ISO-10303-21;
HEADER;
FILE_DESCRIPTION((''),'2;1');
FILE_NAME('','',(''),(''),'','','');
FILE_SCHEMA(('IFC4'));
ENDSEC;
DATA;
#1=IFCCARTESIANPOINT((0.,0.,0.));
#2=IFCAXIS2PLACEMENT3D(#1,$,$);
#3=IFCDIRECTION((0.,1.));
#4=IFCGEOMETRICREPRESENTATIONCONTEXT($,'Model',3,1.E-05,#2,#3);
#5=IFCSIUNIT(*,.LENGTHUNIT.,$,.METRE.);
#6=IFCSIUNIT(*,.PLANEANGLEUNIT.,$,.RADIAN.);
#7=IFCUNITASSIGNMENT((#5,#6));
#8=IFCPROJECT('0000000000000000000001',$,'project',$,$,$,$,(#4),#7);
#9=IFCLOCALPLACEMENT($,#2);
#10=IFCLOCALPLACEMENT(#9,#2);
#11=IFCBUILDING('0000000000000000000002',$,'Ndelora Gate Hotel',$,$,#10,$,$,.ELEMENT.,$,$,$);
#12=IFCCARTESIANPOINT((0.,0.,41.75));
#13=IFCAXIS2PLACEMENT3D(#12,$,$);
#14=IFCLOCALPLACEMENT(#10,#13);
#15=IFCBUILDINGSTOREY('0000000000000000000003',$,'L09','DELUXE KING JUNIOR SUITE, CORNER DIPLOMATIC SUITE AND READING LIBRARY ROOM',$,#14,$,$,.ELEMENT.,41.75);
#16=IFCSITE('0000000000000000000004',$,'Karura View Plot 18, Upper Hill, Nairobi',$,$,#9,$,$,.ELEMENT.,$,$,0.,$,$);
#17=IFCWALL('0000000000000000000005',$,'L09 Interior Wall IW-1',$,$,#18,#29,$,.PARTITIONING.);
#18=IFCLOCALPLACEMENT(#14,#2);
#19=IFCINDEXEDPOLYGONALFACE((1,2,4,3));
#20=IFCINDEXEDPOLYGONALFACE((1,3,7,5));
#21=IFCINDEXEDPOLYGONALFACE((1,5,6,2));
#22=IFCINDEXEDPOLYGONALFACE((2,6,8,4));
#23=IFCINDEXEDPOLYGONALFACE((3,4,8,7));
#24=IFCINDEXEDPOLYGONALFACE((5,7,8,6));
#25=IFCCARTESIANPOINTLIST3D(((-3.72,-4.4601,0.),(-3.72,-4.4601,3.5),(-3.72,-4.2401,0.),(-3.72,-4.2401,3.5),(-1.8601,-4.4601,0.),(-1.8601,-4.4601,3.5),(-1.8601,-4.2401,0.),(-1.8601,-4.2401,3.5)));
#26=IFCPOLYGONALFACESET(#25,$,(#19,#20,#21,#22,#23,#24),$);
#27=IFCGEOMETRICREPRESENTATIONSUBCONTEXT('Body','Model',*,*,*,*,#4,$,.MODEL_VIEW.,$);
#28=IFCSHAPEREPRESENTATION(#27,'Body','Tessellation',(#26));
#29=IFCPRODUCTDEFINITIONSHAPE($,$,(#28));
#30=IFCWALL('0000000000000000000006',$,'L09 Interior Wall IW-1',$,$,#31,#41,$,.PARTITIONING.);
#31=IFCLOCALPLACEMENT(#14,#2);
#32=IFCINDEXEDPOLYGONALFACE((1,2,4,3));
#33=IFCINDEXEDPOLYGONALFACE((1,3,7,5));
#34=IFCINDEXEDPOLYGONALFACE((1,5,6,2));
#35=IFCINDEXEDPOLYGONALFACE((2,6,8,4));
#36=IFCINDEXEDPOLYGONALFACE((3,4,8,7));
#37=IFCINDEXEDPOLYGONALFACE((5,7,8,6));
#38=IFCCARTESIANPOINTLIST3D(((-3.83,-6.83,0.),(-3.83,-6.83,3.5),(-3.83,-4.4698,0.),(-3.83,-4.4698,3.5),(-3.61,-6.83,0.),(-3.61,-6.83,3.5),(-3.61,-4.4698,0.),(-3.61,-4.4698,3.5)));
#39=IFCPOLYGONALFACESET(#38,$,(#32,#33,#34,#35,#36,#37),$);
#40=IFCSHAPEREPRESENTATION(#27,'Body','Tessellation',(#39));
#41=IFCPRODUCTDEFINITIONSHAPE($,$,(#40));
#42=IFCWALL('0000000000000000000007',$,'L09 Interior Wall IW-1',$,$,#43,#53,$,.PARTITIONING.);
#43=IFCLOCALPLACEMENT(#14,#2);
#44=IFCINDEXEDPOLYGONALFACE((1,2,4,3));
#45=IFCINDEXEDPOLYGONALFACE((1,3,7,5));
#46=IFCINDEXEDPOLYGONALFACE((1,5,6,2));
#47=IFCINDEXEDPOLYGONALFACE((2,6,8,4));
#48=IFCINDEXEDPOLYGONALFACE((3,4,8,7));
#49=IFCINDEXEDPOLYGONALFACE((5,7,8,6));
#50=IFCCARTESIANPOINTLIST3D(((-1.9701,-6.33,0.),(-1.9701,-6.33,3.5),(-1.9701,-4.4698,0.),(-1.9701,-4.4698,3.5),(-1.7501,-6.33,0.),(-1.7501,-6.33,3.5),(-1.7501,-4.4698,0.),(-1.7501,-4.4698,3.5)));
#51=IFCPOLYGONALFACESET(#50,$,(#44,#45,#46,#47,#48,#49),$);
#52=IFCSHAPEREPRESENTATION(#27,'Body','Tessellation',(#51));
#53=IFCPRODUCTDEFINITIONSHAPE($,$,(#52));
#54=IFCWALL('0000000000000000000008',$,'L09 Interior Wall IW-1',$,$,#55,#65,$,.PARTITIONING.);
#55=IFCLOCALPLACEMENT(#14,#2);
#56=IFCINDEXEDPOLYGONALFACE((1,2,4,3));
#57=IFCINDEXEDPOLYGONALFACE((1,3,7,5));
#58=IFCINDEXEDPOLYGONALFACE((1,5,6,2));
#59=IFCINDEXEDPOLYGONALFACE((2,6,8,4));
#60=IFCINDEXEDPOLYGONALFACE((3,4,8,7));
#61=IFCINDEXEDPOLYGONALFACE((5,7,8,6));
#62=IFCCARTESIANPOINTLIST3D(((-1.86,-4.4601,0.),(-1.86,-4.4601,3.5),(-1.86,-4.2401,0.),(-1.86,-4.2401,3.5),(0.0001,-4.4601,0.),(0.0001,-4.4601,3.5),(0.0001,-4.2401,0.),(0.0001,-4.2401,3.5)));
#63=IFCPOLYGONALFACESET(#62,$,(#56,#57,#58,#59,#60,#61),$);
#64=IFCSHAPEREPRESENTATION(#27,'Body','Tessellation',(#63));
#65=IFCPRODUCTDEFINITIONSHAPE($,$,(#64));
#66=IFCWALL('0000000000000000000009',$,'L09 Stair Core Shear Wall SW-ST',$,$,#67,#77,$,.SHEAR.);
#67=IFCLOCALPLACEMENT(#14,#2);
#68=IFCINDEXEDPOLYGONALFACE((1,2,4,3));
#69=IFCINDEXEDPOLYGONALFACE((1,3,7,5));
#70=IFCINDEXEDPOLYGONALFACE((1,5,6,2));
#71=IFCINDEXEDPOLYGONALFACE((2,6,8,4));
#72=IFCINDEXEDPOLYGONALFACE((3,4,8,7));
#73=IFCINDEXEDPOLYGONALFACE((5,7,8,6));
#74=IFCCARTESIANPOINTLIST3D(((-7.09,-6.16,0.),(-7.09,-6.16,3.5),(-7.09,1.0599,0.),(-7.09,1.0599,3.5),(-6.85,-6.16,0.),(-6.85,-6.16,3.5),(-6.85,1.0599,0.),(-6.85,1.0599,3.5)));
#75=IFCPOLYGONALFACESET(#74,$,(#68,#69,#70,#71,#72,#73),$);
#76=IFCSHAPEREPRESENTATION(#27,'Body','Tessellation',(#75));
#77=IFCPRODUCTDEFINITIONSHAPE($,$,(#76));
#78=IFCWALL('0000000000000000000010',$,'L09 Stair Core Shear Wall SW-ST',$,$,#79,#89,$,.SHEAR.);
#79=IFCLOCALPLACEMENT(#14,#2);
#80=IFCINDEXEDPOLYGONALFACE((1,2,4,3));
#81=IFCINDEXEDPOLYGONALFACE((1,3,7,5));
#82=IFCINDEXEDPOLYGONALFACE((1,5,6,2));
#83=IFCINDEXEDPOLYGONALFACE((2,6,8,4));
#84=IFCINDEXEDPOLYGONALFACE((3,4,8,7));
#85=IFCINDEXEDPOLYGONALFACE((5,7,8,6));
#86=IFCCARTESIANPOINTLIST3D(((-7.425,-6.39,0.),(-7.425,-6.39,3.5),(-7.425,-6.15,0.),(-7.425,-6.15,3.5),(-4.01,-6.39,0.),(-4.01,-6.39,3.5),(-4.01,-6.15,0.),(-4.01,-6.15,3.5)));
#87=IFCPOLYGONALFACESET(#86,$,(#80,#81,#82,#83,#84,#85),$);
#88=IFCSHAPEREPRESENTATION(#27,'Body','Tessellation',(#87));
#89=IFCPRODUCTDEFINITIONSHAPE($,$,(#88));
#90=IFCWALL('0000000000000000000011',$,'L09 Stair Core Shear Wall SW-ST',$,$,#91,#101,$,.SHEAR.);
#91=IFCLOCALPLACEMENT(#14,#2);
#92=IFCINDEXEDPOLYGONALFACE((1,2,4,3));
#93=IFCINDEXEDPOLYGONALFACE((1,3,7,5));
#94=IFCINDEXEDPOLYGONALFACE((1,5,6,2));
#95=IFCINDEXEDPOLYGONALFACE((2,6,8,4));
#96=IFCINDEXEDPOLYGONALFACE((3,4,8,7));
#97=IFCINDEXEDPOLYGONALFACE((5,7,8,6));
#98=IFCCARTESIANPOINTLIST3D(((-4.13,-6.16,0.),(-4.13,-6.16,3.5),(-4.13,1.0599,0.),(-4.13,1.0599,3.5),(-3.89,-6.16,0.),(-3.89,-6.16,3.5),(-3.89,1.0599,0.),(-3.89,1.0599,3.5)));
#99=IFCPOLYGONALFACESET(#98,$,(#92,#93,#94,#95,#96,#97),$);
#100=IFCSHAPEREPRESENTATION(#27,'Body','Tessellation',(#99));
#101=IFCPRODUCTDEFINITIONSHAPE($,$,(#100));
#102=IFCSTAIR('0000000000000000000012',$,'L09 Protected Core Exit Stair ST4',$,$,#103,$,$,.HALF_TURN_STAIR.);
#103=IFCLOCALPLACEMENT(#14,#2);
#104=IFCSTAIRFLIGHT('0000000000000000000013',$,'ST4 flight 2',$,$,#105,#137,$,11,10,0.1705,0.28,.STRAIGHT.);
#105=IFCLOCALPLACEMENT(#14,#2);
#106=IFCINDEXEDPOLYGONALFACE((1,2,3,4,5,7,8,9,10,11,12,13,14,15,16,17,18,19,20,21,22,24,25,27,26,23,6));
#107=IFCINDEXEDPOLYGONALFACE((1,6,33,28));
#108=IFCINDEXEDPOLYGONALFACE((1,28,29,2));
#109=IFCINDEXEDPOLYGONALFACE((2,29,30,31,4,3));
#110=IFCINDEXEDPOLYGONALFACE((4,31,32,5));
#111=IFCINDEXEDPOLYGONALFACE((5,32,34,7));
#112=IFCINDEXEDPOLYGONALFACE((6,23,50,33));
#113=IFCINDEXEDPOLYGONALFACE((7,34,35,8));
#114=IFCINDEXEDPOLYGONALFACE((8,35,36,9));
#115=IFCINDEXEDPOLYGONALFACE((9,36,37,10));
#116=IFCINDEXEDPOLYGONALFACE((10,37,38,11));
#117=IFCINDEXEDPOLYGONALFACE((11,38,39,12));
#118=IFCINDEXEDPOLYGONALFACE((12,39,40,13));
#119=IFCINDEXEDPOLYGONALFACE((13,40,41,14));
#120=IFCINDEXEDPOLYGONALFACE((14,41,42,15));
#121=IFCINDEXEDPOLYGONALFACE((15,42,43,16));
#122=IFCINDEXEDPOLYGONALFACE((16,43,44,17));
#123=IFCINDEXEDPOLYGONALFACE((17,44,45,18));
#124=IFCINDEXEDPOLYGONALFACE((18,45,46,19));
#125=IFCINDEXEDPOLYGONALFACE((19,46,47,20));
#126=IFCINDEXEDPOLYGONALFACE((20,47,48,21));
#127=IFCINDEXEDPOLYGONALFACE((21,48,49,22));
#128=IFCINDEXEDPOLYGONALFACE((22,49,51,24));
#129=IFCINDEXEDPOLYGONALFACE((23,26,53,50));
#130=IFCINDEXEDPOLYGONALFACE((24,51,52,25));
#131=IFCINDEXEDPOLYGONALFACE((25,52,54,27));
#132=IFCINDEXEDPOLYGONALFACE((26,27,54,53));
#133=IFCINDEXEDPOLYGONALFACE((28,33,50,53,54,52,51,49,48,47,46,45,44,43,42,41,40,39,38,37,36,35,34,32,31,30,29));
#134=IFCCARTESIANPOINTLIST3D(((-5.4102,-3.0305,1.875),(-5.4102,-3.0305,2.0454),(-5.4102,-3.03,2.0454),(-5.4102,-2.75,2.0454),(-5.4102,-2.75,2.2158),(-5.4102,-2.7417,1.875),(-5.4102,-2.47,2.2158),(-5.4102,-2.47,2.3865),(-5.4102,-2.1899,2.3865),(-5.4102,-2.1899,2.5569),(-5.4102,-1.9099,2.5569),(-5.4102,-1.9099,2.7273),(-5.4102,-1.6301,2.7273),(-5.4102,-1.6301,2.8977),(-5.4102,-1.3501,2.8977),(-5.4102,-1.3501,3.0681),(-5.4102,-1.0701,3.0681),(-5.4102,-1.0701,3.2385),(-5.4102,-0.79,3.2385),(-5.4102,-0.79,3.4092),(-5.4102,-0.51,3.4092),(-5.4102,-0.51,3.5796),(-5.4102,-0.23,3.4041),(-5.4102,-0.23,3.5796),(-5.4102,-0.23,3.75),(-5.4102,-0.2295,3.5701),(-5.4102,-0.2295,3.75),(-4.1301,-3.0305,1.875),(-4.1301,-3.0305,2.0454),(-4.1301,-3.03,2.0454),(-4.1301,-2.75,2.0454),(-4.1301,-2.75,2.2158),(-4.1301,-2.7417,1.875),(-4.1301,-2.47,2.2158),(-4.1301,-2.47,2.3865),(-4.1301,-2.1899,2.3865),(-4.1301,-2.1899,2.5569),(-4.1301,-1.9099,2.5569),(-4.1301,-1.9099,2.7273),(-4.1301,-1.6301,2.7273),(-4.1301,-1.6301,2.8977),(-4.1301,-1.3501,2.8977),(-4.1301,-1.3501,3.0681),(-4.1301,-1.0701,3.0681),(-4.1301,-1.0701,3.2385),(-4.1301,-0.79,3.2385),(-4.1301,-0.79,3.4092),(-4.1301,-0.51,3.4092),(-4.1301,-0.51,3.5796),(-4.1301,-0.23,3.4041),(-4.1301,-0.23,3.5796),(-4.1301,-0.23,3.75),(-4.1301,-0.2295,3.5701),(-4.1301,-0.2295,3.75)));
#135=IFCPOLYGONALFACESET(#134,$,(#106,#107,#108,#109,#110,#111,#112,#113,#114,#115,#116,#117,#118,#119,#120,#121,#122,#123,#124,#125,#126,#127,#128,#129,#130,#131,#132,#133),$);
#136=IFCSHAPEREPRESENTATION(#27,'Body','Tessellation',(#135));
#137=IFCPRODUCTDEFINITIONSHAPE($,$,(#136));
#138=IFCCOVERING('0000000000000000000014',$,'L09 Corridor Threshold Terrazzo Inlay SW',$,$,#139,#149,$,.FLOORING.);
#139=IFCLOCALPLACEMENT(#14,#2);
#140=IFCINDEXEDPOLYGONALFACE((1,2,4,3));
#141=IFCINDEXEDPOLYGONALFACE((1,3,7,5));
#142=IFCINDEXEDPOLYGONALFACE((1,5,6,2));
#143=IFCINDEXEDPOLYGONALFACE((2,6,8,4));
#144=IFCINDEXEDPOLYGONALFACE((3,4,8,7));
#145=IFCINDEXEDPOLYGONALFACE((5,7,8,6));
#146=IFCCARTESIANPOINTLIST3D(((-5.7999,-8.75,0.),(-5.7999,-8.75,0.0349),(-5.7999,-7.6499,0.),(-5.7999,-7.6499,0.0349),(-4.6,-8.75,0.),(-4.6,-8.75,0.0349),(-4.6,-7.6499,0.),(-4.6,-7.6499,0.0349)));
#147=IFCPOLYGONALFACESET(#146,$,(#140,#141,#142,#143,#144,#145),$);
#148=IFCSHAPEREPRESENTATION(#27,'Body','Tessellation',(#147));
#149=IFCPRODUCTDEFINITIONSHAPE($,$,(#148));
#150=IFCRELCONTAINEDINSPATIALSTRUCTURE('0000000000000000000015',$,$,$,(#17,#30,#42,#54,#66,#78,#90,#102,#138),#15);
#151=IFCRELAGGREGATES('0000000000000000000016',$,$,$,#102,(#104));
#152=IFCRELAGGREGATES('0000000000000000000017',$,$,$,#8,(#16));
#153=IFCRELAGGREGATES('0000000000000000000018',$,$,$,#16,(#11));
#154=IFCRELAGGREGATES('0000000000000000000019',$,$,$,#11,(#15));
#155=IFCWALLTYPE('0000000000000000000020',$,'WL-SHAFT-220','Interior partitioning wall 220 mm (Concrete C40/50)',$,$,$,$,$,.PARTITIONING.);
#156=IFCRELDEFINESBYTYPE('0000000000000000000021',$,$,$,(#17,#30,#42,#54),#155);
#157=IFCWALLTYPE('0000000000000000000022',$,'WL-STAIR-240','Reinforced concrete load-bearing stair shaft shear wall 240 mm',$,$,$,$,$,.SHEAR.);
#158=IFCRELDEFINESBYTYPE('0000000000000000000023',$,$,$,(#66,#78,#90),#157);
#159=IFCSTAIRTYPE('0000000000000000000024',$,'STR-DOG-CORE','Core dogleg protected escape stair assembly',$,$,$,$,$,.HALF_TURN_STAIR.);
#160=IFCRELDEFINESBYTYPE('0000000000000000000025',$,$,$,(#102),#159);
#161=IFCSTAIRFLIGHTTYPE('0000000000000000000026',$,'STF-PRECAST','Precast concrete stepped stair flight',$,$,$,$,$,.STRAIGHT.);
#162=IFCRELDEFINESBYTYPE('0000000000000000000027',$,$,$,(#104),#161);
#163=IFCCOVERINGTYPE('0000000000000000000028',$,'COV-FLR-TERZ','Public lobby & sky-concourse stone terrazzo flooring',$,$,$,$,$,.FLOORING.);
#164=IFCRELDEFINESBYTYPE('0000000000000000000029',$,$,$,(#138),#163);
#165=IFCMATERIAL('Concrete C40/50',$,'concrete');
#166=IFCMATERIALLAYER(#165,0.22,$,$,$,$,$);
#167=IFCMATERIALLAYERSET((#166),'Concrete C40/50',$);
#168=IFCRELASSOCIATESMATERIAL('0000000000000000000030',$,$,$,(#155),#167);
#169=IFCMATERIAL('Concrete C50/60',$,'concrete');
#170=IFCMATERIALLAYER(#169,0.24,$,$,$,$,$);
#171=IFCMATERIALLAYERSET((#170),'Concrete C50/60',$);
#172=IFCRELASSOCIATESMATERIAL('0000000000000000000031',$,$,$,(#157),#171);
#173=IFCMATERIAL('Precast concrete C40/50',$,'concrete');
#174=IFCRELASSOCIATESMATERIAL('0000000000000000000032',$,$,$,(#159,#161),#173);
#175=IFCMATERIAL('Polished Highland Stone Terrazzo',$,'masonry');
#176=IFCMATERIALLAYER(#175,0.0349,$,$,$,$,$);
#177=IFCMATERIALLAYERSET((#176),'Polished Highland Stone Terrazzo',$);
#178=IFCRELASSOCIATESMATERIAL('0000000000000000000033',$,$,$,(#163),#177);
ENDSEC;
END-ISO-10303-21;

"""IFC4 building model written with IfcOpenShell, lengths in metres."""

from ifc_helpers import new_model, si_unit, direction, frame, frame_2d, origin, origin_2d, place, context, subcontext, project, spatial, polyline, rectangle, outline, extrude, material, layer, layer_set, type_object, element, aggregate, save


model = new_model("IFC4")

# Units and contexts
model_context = context("Model", 3, precision=1e-05, world=origin(), true_north=direction((0.0, 1.0)))
body_context = subcontext(model_context, "Body", "Model", "MODEL_VIEW")
ifc_project = project(units=[si_unit("LENGTHUNIT", "METRE"), si_unit("PLANEANGLEUNIT", "RADIAN")], contexts=[model_context])

# Site, building, storey
site_placement = place(None, origin())
site = spatial("IfcSite", under=ifc_project, at=site_placement, Name="Karura View Plot 18, Upper Hill, Nairobi", CompositionType="ELEMENT", RefElevation=0.0)
building_placement = place(site_placement, origin())
building = spatial("IfcBuilding", under=site, at=building_placement, Name="Ndelora Gate Hotel", CompositionType="ELEMENT")
storey_placement = place(building_placement, frame((0.0, 0.0, 41.75)))
storey = spatial("IfcBuildingStorey", under=building, at=storey_placement, Name="L09", Description="DELUXE KING JUNIOR SUITE, CORNER DIPLOMATIC SUITE AND READING LIBRARY ROOM", CompositionType="ELEMENT", Elevation=41.75)

# Shared definitions
ifc_material_1 = material(Name="Concrete C40/50", Category="concrete")

# Shared definitions
ifc_layer_1 = layer(ifc_material_1, 0.22)
ifc_layer_set_1 = layer_set([ifc_layer_1], Name="Concrete C40/50")
wall_type_1 = type_object("IfcWallType", Name="WL-SHAFT-220", Description="Interior partitioning wall 220 mm (Concrete C40/50)", PredefinedType="PARTITIONING", material=ifc_layer_set_1)

# Walls
wall_1_placement = place(storey_placement, frame((-3.72, -4.3501, 0.0), z_axis=(0.0, 0.0, 1.0), x_axis=(1.0, 0.0, 0.0)))
element("IfcWall", 1, at=wall_1_placement, inside=storey, type_object=wall_type_1, Name="L09 Interior Wall IW-1", PredefinedType="PARTITIONING", context=body_context, shape_type="SweptSolid", body=[
    extrude(rectangle(XDim=1.8599, YDim=0.22, at=frame_2d((0.9299, 0.0))), origin(), (0.0, 0.0, 1.0), 3.5),
])
wall_2_placement = place(storey_placement, frame((-3.72, -6.8301, 0.0), z_axis=(0.0, 0.0, 1.0), x_axis=(0.0, 1.0, 0.0)))
element("IfcWall", 2, at=wall_2_placement, inside=storey, type_object=wall_type_1, Name="L09 Interior Wall IW-1", PredefinedType="PARTITIONING", context=body_context, shape_type="SweptSolid", body=[
    extrude(rectangle(XDim=2.3601, YDim=0.22, at=frame_2d((1.1802, 0.0))), origin(), (0.0, 0.0, 1.0), 3.5),
])
wall_3_placement = place(storey_placement, frame((-1.8601, -6.3301, 0.0), z_axis=(0.0, 0.0, 1.0), x_axis=(0.0, 1.0, 0.0)))
element("IfcWall", 3, at=wall_3_placement, inside=storey, type_object=wall_type_1, Name="L09 Interior Wall IW-1", PredefinedType="PARTITIONING", context=body_context, shape_type="SweptSolid", body=[
    extrude(rectangle(XDim=1.8601, YDim=0.22, at=frame_2d((0.9302, 0.0))), origin(), (0.0, 0.0, 1.0), 3.5),
])

# Walls
wall_4_placement = place(storey_placement, frame((-1.8601, -4.3501, 0.0), z_axis=(0.0, 0.0, 1.0), x_axis=(1.0, 0.0, 0.0)))
element("IfcWall", 4, at=wall_4_placement, inside=storey, type_object=wall_type_1, Name="L09 Interior Wall IW-1", PredefinedType="PARTITIONING", context=body_context, shape_type="SweptSolid", body=[
    extrude(rectangle(XDim=1.8601, YDim=0.22, at=frame_2d((0.9302, 0.0))), origin(), (0.0, 0.0, 1.0), 3.5),
])
ifc_material_2 = material(Name="Concrete C50/60", Category="concrete")
ifc_layer_2 = layer(ifc_material_2, 0.24)
ifc_layer_set_2 = layer_set([ifc_layer_2], Name="Concrete C50/60")
wall_type_2 = type_object("IfcWallType", Name="WL-STAIR-240", Description="Reinforced concrete load-bearing stair shaft shear wall 240 mm", PredefinedType="SHEAR", material=ifc_layer_set_2)
wall_5_placement = place(storey_placement, frame((-6.97, -6.1599, 0.0), z_axis=(0.0, 0.0, 1.0), x_axis=(0.0, 1.0, 0.0)))
element("IfcWall", 5, at=wall_5_placement, inside=storey, type_object=wall_type_2, Name="L09 Stair Core Shear Wall SW-ST", PredefinedType="SHEAR", context=body_context, shape_type="SweptSolid", body=[
    extrude(rectangle(XDim=7.22, YDim=0.24, at=frame_2d((3.6099, 0.0))), origin(), (0.0, 0.0, 1.0), 3.5),
])
wall_6_placement = place(storey_placement, frame((-7.425, -6.27, 0.0), z_axis=(0.0, 0.0, 1.0), x_axis=(1.0, 0.0, 0.0)))
element("IfcWall", 6, at=wall_6_placement, inside=storey, type_object=wall_type_2, Name="L09 Stair Core Shear Wall SW-ST", PredefinedType="SHEAR", context=body_context, shape_type="SweptSolid", body=[
    extrude(rectangle(XDim=3.415, YDim=0.24, at=frame_2d((1.7075, 0.0))), origin(), (0.0, 0.0, 1.0), 3.5),
])
wall_7_placement = place(storey_placement, frame((-4.01, -6.1599, 0.0), z_axis=(0.0, 0.0, 1.0), x_axis=(0.0, 1.0, 0.0)))
element("IfcWall", 7, at=wall_7_placement, inside=storey, type_object=wall_type_2, Name="L09 Stair Core Shear Wall SW-ST", PredefinedType="SHEAR", context=body_context, shape_type="SweptSolid", body=[
    extrude(rectangle(XDim=7.22, YDim=0.24, at=frame_2d((3.6099, 0.0))), origin(), (0.0, 0.0, 1.0), 3.5),
])

# Stair, stair flight
ifc_material_3 = material(Name="Precast concrete C40/50", Category="concrete")
stair_type = type_object("IfcStairType", Name="STR-DOG-CORE", Description="Core dogleg protected escape stair assembly", PredefinedType="HALF_TURN_STAIR", material=ifc_material_3)
stair_placement = place(storey_placement, origin())
stair = element("IfcStair", 8, at=stair_placement, inside=storey, type_object=stair_type, Name="L09 Protected Core Exit Stair ST4", PredefinedType="HALF_TURN_STAIR")
stair_flight_type = type_object("IfcStairFlightType", Name="STF-PRECAST", Description="Precast concrete stepped stair flight", PredefinedType="STRAIGHT", material=ifc_material_3)
stair_flight_placement = place(storey_placement, frame((-4.77, -3.03, 1.875), z_axis=(0.0, 0.0, 1.0), x_axis=(0.0, 1.0, 0.0)))
stair_flight = element("IfcStairFlight", 9, at=stair_flight_placement, type_object=stair_flight_type, Name="ST4 flight 2", NumberOfRisers=11, NumberOfTreads=10, PredefinedType="STRAIGHT", RiserHeight=0.1705, TreadLength=0.28, context=body_context, shape_type="SweptSolid", body=[
    extrude(outline(polyline([(-0.0005, 0.0), (-0.0005, 0.1704), (0.0, 0.1704), (0.28, 0.1704), (0.28, 0.3408), (0.5601, 0.3408), (0.5601, 0.5115), (0.8401, 0.5115), (0.8401, 0.6819), (1.1201, 0.6819), (1.1201, 0.8523), (1.3999, 0.8523), (1.3999, 1.0227), (1.6799, 1.0227), (1.6799, 1.1931), (1.96, 1.1931), (1.96, 1.3635), (2.24, 1.3635), (2.24, 1.5342), (2.52, 1.5342), (2.52, 1.7046), (2.8, 1.7046), (2.8, 1.875), (2.8005, 1.875), (2.8005, 1.6951), (2.8, 1.5291), (0.2883, 0.0), (-0.0005, 0.0)])), frame((0.0, 0.6401, 0.0), z_axis=(0.0, -1.0, 0.0), x_axis=(1.0, 0.0, 0.0)), (0.0, 0.0, 1.0), 1.28),
])
aggregate(stair, [stair_flight])

# Covering
ifc_material_4 = material(Name="Polished Highland Stone Terrazzo", Category="masonry")
ifc_layer_3 = layer(ifc_material_4, 0.0349)
ifc_layer_set_3 = layer_set([ifc_layer_3], Name="Polished Highland Stone Terrazzo")
covering_type = type_object("IfcCoveringType", Name="COV-FLR-TERZ", Description="Public lobby & sky-concourse stone terrazzo flooring", PredefinedType="FLOORING", material=ifc_layer_set_3)
covering_placement = place(storey_placement, frame((-5.2, -8.2, 0.0), z_axis=(0.0, 0.0, 1.0), x_axis=(1.0, 0.0, 0.0)))
element("IfcCovering", 10, at=covering_placement, inside=storey, type_object=covering_type, Name="L09 Corridor Threshold Terrazzo Inlay SW", PredefinedType="FLOORING", context=body_context, shape_type="SweptSolid", body=[
    extrude(rectangle(XDim=1.2, YDim=1.1001, at=origin_2d()), origin(), (0.0, 0.0, 1.0), 0.0349),
])

save(model, "model.ifc")
